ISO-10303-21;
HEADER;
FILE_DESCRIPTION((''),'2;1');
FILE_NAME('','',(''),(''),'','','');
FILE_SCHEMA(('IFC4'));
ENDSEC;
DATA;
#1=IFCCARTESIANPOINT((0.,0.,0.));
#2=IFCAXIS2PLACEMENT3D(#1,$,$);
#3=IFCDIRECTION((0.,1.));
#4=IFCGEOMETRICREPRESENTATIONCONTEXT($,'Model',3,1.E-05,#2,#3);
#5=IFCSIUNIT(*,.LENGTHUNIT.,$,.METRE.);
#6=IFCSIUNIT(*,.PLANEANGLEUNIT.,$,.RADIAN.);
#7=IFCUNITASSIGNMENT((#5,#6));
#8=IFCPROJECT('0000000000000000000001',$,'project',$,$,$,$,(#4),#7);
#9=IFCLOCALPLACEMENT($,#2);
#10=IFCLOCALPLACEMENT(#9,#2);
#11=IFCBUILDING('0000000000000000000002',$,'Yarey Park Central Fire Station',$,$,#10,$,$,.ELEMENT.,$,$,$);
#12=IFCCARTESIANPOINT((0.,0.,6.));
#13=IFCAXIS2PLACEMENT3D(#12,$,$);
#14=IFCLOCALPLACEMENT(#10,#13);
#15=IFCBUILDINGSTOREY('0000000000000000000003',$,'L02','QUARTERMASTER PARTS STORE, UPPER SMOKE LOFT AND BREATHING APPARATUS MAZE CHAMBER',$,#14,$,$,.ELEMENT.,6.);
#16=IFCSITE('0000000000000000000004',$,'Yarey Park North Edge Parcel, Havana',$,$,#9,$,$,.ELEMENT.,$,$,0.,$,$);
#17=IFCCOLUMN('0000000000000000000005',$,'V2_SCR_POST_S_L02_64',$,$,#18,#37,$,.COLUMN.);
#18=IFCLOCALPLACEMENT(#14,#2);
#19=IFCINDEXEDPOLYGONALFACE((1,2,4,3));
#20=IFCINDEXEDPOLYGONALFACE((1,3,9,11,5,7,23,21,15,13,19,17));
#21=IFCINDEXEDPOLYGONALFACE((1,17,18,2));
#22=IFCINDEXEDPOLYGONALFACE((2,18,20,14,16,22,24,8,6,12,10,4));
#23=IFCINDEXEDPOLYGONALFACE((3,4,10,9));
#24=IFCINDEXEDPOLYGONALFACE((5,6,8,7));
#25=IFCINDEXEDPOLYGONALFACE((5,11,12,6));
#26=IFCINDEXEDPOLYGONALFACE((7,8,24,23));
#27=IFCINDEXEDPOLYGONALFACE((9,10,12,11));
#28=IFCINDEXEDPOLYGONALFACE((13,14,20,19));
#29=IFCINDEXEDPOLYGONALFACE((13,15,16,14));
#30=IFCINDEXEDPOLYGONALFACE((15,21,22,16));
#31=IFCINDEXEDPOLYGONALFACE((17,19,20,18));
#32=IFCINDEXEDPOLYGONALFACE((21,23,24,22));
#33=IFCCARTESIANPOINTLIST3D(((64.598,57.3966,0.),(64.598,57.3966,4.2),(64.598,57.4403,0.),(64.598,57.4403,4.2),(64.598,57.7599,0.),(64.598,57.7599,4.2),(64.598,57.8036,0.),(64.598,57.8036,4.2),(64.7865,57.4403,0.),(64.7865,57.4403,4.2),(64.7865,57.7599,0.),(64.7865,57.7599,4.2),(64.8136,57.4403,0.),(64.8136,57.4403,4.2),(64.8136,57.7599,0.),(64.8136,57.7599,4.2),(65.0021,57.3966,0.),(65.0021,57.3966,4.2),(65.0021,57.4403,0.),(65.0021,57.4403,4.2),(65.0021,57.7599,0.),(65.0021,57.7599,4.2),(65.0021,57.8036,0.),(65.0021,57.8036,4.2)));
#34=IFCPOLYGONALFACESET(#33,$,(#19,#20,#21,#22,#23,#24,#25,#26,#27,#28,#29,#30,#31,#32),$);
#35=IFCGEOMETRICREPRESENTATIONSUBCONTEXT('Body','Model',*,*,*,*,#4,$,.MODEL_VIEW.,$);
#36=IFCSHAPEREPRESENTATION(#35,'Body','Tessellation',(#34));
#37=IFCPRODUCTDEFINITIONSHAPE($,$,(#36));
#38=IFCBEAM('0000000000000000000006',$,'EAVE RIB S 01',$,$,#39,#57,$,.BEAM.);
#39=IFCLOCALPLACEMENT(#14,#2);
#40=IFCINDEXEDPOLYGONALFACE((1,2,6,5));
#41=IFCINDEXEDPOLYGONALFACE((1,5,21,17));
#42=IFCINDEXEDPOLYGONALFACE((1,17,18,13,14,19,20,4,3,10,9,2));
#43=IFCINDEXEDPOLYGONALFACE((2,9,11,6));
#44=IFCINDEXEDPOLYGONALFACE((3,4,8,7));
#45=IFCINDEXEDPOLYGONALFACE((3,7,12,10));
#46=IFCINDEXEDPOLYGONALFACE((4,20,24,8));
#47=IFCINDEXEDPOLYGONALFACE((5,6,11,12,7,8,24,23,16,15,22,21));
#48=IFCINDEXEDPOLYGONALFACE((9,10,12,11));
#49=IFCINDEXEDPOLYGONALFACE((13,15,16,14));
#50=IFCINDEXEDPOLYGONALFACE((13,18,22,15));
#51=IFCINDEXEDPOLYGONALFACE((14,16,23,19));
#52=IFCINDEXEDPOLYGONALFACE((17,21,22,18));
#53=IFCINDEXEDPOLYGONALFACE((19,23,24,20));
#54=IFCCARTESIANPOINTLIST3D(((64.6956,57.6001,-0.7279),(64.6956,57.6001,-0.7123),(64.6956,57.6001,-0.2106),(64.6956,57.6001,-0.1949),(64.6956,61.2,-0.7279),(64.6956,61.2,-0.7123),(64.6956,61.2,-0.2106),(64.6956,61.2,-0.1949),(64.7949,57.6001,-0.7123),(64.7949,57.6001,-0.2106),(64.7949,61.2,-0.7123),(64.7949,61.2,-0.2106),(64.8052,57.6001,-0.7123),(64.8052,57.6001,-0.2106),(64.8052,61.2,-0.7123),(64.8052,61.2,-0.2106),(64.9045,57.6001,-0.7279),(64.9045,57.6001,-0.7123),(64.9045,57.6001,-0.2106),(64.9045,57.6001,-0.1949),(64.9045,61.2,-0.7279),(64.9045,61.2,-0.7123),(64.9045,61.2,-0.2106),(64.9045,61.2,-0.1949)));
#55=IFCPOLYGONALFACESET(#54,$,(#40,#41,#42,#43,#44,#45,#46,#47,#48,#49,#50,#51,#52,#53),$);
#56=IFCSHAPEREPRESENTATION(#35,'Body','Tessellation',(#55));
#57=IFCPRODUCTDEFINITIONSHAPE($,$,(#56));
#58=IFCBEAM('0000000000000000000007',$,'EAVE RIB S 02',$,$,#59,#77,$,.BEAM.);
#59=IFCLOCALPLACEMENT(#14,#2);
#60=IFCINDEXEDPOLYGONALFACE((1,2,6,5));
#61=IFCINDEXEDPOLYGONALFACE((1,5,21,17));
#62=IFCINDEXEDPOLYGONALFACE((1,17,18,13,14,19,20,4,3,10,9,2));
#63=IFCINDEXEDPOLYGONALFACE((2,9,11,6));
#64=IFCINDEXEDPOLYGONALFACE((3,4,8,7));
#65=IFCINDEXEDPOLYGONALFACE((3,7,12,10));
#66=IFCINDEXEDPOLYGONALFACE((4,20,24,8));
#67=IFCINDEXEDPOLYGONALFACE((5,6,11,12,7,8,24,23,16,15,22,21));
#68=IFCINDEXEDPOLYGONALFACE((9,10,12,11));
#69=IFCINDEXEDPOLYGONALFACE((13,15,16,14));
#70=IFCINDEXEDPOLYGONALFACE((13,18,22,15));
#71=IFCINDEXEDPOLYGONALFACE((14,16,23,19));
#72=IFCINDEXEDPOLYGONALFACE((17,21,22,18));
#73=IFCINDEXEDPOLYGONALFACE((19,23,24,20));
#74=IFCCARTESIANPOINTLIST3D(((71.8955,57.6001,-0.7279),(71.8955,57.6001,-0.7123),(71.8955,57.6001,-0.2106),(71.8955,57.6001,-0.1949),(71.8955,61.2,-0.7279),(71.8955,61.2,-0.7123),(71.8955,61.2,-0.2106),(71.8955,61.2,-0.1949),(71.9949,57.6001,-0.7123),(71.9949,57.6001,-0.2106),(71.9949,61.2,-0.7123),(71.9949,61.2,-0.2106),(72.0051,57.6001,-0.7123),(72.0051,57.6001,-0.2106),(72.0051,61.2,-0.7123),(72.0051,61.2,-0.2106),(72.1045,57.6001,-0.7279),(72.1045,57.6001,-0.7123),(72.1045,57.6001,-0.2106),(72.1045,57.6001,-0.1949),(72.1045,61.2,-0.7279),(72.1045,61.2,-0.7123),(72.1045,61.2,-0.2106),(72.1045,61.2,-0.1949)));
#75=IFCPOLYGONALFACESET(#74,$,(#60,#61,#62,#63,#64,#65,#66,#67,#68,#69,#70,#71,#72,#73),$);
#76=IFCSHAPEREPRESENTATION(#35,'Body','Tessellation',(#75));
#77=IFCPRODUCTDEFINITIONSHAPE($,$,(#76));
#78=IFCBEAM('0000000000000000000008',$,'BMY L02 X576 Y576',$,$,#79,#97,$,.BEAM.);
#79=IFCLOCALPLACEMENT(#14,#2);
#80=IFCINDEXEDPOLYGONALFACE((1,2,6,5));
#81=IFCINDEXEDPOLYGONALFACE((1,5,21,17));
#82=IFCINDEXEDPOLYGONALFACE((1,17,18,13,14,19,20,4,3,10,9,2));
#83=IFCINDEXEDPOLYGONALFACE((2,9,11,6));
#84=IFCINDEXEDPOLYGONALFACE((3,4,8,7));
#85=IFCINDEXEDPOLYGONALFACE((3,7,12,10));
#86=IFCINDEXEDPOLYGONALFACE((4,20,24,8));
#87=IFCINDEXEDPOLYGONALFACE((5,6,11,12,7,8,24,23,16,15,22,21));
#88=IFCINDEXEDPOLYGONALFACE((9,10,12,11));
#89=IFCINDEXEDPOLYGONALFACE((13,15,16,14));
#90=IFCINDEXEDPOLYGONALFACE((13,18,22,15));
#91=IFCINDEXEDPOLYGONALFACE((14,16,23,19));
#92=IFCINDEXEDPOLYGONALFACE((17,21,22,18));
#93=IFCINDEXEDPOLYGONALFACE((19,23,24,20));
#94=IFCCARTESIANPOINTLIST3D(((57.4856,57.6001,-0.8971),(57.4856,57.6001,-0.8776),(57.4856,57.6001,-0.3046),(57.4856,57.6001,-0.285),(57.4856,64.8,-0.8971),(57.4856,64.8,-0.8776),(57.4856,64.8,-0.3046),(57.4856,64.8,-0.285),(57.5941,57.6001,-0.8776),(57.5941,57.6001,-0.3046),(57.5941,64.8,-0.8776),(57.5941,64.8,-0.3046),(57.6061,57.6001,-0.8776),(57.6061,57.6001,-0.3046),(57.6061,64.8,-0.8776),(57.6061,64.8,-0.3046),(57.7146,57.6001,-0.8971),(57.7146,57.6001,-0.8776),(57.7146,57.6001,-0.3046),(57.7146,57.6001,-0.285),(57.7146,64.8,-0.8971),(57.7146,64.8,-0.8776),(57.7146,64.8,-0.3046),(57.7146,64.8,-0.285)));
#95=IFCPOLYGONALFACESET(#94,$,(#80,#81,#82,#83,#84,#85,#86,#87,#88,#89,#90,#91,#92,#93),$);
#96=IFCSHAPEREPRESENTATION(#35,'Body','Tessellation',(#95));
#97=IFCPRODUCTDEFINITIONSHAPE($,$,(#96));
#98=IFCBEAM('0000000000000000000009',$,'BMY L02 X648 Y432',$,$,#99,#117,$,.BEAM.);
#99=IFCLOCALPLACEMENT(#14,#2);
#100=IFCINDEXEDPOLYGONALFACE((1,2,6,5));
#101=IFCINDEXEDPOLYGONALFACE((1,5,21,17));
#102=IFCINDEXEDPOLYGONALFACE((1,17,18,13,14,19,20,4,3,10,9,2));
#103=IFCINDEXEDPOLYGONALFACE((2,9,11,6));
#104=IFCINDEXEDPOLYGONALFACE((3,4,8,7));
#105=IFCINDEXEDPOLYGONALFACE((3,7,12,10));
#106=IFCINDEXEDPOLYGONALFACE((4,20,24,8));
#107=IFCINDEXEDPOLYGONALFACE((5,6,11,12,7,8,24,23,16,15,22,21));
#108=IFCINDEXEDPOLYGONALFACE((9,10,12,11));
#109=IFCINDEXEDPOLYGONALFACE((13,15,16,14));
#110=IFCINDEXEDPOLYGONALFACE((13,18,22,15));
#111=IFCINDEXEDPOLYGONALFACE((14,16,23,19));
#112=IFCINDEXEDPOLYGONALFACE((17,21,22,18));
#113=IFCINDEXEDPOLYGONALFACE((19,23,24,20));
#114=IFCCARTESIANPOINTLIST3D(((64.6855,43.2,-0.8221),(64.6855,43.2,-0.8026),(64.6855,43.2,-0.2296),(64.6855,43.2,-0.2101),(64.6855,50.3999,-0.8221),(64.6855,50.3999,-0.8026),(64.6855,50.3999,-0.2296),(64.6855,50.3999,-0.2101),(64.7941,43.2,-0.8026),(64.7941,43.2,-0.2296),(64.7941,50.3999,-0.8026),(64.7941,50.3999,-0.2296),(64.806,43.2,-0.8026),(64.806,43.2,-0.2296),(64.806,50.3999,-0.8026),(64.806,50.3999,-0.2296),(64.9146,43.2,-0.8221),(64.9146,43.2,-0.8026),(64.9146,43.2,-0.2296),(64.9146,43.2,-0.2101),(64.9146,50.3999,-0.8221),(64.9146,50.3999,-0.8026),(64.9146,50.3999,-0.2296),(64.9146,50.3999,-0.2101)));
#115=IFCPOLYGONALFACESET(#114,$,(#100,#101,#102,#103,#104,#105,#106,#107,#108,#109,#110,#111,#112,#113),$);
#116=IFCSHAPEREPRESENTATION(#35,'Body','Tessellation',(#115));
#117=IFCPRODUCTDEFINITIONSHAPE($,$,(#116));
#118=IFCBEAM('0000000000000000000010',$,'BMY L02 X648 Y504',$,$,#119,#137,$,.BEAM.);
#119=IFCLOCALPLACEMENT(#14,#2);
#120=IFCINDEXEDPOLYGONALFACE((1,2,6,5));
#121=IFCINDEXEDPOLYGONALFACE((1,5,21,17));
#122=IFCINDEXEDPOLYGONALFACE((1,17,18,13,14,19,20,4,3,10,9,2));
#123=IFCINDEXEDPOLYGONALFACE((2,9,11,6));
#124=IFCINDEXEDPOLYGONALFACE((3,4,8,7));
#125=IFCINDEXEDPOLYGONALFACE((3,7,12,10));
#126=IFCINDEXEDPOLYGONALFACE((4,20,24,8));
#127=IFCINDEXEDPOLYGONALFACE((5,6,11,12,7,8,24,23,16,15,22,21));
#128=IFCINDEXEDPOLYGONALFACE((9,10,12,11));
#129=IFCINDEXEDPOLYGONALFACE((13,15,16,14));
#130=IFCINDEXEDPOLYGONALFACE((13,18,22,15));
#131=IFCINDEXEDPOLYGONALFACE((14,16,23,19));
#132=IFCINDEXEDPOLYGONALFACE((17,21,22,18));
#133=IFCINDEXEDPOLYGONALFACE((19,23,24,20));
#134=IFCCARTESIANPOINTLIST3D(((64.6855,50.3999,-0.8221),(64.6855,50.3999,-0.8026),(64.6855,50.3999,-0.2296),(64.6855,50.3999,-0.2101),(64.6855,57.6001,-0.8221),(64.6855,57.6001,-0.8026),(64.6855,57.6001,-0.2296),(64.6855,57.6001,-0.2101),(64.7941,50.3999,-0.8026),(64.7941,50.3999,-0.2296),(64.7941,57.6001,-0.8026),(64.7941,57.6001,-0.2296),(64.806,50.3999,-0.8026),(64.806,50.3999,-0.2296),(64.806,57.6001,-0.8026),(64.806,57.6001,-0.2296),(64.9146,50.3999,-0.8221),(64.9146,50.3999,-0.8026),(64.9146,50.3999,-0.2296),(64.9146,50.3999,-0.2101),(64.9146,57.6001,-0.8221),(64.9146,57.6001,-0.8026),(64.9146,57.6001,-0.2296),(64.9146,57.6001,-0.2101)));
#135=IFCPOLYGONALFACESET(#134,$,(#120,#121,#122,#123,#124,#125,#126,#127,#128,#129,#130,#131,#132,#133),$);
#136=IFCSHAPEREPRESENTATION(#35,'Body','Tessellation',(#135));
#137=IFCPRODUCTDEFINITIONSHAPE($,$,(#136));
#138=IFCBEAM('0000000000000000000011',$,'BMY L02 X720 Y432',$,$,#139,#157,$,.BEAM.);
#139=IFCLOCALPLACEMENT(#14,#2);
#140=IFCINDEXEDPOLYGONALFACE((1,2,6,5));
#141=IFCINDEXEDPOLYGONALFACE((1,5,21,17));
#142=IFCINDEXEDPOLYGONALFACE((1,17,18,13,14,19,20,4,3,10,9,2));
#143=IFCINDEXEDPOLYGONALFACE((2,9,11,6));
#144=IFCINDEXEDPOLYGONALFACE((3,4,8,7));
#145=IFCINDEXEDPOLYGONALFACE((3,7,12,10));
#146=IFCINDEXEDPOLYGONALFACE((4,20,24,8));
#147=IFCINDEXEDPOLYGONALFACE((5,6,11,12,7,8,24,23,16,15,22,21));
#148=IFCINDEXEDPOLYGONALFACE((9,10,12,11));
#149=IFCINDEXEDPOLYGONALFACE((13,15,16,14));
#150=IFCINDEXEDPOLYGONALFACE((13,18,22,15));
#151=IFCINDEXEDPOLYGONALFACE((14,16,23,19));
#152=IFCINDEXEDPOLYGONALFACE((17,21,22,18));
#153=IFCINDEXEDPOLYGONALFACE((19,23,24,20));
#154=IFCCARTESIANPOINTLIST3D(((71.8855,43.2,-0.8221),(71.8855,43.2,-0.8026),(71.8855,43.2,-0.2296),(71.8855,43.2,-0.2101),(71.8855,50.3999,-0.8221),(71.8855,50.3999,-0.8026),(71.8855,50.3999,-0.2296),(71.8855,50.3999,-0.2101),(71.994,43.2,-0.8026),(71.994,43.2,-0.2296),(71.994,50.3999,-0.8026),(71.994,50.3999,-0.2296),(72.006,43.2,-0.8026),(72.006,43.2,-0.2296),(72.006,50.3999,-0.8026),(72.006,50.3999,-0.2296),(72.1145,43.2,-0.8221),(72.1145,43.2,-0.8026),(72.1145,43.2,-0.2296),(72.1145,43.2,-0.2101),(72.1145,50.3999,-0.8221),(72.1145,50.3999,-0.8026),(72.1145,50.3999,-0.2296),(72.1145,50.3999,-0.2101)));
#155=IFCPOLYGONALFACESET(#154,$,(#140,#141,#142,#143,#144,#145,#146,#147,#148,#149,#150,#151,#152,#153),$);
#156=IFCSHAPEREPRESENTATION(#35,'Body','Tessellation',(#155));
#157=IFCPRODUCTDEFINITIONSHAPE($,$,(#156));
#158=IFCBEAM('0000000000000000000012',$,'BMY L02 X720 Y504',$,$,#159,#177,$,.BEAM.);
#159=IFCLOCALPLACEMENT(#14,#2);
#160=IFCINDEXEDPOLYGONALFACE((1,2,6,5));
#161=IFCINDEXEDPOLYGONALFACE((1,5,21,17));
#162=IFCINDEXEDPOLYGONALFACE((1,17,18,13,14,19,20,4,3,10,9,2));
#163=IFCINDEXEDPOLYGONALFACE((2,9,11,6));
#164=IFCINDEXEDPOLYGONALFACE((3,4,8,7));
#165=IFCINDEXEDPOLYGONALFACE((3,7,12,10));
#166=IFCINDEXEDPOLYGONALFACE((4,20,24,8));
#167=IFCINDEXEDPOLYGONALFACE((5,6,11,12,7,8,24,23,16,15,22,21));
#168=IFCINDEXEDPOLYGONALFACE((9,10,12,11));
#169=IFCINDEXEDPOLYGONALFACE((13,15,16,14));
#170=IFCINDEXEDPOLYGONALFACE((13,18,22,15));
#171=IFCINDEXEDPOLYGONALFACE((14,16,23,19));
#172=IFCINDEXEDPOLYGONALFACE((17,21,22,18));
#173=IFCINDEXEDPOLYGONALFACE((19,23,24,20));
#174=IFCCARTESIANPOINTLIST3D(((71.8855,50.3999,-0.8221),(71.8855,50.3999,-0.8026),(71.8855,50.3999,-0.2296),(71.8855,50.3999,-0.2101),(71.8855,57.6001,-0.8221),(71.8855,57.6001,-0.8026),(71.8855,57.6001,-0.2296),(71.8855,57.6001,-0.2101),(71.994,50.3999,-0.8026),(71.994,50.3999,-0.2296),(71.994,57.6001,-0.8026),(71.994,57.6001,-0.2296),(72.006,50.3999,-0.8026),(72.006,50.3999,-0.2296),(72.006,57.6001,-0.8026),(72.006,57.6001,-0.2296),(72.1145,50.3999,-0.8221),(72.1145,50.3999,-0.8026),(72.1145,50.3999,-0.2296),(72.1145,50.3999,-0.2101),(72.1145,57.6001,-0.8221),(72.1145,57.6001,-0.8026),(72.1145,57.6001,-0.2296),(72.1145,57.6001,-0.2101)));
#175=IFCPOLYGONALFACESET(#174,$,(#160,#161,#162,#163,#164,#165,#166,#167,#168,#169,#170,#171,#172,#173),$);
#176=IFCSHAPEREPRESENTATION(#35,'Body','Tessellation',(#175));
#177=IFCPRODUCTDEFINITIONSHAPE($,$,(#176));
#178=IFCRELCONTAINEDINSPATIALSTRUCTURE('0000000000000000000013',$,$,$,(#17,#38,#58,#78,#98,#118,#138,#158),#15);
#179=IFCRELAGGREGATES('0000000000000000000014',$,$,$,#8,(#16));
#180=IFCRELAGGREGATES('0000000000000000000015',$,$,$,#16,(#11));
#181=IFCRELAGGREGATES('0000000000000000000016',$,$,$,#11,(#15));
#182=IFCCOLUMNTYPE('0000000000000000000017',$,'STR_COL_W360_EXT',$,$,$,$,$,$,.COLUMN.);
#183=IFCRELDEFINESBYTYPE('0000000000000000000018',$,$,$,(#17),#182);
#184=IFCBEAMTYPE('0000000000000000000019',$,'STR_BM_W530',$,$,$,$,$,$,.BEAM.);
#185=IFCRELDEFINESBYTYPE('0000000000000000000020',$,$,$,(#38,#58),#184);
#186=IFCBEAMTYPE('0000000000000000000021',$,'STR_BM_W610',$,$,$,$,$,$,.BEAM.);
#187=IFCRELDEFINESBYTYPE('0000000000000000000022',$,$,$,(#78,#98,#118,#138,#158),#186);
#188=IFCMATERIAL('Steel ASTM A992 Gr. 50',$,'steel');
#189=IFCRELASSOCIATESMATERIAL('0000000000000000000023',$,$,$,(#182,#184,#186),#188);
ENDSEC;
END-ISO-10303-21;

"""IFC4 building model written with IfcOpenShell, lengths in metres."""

from ifc_helpers import new_model, si_unit, direction, frame, origin, origin_2d, place, context, subcontext, project, spatial, i_section, extrude, material, material_profile, profile_set, type_object, element, save


model = new_model("IFC4")

# Units and contexts
model_context = context("Model", 3, precision=1e-05, world=origin(), true_north=direction((0.0, 1.0)))
body_context = subcontext(model_context, "Body", "Model", "MODEL_VIEW")
ifc_project = project(units=[si_unit("LENGTHUNIT", "METRE"), si_unit("PLANEANGLEUNIT", "RADIAN")], contexts=[model_context])

# Site, building, storey
site_placement = place(None, origin())
site = spatial("IfcSite", under=ifc_project, at=site_placement, Name="Yarey Park North Edge Parcel, Havana", CompositionType="ELEMENT", RefElevation=0.0)
building_placement = place(site_placement, origin())
building = spatial("IfcBuilding", under=site, at=building_placement, Name="Yarey Park Central Fire Station", CompositionType="ELEMENT")
storey_placement = place(building_placement, frame((0.0, 0.0, 6.0)))
storey = spatial("IfcBuildingStorey", under=building, at=storey_placement, Name="L02", Description="QUARTERMASTER PARTS STORE, UPPER SMOKE LOFT AND BREATHING APPARATUS MAZE CHAMBER", CompositionType="ELEMENT", Elevation=6.0)

# Column
ifc_material_1 = material(Name="Steel ASTM A992 Gr. 50", Category="steel")
ifc_material_profile_1 = material_profile(ifc_material_1, i_section(OverallWidth=0.4041, OverallDepth=0.407, WebThickness=0.0271, FlangeThickness=0.0437, at=origin_2d()), Name="W360x347")
ifc_profile_set_1 = profile_set([ifc_material_profile_1], Name="Steel ASTM A992 Gr. 50")
column_type = type_object("IfcColumnType", Name="STR_COL_W360_EXT", PredefinedType="COLUMN", material=ifc_profile_set_1)
column_placement = place(storey_placement, frame((64.8, 57.6001, 0.0), z_axis=(0.0, 0.0, 1.0), x_axis=(1.0, 0.0, 0.0)))
element("IfcColumn", 1, at=column_placement, inside=storey, type_object=column_type, Name="V2_SCR_POST_S_L02_64", PredefinedType="COLUMN", context=body_context, shape_type="SweptSolid", body=[
    extrude(i_section(OverallWidth=0.4041, OverallDepth=0.407, WebThickness=0.0271, FlangeThickness=0.0437, at=origin_2d()), origin(), (0.0, 0.0, 1.0), 4.2),
])

# Beams
ifc_material_profile_2 = material_profile(ifc_material_1, i_section(OverallWidth=0.209, OverallDepth=0.533, WebThickness=0.0103, FlangeThickness=0.0156, at=origin_2d()), Name="W530x92")
ifc_profile_set_2 = profile_set([ifc_material_profile_2], Name="Steel ASTM A992 Gr. 50")
beam_type_1 = type_object("IfcBeamType", Name="STR_BM_W530", PredefinedType="BEAM", material=ifc_profile_set_2)
for number, where, z_axis, x_axis, name in (
    (2, (64.8, 57.6001, -0.4614), (0.0, 1.0, 0.0), (-1.0, 0.0, 0.0), "EAVE RIB S 01"),
    (3, (72.0, 57.6001, -0.4614), (0.0, 1.0, 0.0), (-1.0, 0.0, 0.0), "EAVE RIB S 02"),
):
    element("IfcBeam", number, at=place(storey_placement, frame(where, z_axis=z_axis, x_axis=x_axis)), inside=storey, type_object=beam_type_1, Name=name, PredefinedType="BEAM", context=body_context, shape_type="SweptSolid", body=[
        extrude(i_section(OverallWidth=0.209, OverallDepth=0.533, WebThickness=0.0103, FlangeThickness=0.0156, at=origin_2d()), origin(), (0.0, 0.0, 1.0), 3.5999),
    ])
ifc_material_profile_3 = material_profile(ifc_material_1, i_section(OverallWidth=0.229, OverallDepth=0.6121, WebThickness=0.012, FlangeThickness=0.0195, at=origin_2d()), Name="W610x125")
ifc_profile_set_3 = profile_set([ifc_material_profile_3], Name="Steel ASTM A992 Gr. 50")
beam_type_2 = type_object("IfcBeamType", Name="STR_BM_W610", PredefinedType="BEAM", material=ifc_profile_set_3)
for number, where, z_axis, x_axis, name in (
    (4, (57.6001, 57.6001, -0.5911), (0.0, 1.0, 0.0), (-1.0, 0.0, 0.0), "BMY L02 X576 Y576"),
    (5, (64.8, 43.2, -0.5161), (0.0, 1.0, 0.0), (-1.0, 0.0, 0.0), "BMY L02 X648 Y432"),
):
    element("IfcBeam", number, at=place(storey_placement, frame(where, z_axis=z_axis, x_axis=x_axis)), inside=storey, type_object=beam_type_2, Name=name, PredefinedType="BEAM", context=body_context, shape_type="SweptSolid", body=[
        extrude(i_section(OverallWidth=0.229, OverallDepth=0.6121, WebThickness=0.012, FlangeThickness=0.0195, at=origin_2d()), origin(), (0.0, 0.0, 1.0), 7.2),
    ])
beam_1_placement = place(storey_placement, frame((64.8, 50.3999, -0.5161), z_axis=(0.0, 1.0, 0.0), x_axis=(-1.0, 0.0, 0.0)))
element("IfcBeam", 6, at=beam_1_placement, inside=storey, type_object=beam_type_2, Name="BMY L02 X648 Y504", PredefinedType="BEAM", context=body_context, shape_type="SweptSolid", body=[
    extrude(i_section(OverallWidth=0.229, OverallDepth=0.6121, WebThickness=0.012, FlangeThickness=0.0195, at=origin_2d()), origin(), (0.0, 0.0, 1.0), 7.2002),
])
beam_2_placement = place(storey_placement, frame((72.0, 43.2, -0.5161), z_axis=(0.0, 1.0, 0.0), x_axis=(-1.0, 0.0, 0.0)))
element("IfcBeam", 7, at=beam_2_placement, inside=storey, type_object=beam_type_2, Name="BMY L02 X720 Y432", PredefinedType="BEAM", context=body_context, shape_type="SweptSolid", body=[
    extrude(i_section(OverallWidth=0.229, OverallDepth=0.6121, WebThickness=0.012, FlangeThickness=0.0195, at=origin_2d()), origin(), (0.0, 0.0, 1.0), 7.2),
])
beam_3_placement = place(storey_placement, frame((72.0, 50.3999, -0.5161), z_axis=(0.0, 1.0, 0.0), x_axis=(-1.0, 0.0, 0.0)))
element("IfcBeam", 8, at=beam_3_placement, inside=storey, type_object=beam_type_2, Name="BMY L02 X720 Y504", PredefinedType="BEAM", context=body_context, shape_type="SweptSolid", body=[
    extrude(i_section(OverallWidth=0.229, OverallDepth=0.6121, WebThickness=0.012, FlangeThickness=0.0195, at=origin_2d()), origin(), (0.0, 0.0, 1.0), 7.2002),
])

save(model, "model.ifc")
